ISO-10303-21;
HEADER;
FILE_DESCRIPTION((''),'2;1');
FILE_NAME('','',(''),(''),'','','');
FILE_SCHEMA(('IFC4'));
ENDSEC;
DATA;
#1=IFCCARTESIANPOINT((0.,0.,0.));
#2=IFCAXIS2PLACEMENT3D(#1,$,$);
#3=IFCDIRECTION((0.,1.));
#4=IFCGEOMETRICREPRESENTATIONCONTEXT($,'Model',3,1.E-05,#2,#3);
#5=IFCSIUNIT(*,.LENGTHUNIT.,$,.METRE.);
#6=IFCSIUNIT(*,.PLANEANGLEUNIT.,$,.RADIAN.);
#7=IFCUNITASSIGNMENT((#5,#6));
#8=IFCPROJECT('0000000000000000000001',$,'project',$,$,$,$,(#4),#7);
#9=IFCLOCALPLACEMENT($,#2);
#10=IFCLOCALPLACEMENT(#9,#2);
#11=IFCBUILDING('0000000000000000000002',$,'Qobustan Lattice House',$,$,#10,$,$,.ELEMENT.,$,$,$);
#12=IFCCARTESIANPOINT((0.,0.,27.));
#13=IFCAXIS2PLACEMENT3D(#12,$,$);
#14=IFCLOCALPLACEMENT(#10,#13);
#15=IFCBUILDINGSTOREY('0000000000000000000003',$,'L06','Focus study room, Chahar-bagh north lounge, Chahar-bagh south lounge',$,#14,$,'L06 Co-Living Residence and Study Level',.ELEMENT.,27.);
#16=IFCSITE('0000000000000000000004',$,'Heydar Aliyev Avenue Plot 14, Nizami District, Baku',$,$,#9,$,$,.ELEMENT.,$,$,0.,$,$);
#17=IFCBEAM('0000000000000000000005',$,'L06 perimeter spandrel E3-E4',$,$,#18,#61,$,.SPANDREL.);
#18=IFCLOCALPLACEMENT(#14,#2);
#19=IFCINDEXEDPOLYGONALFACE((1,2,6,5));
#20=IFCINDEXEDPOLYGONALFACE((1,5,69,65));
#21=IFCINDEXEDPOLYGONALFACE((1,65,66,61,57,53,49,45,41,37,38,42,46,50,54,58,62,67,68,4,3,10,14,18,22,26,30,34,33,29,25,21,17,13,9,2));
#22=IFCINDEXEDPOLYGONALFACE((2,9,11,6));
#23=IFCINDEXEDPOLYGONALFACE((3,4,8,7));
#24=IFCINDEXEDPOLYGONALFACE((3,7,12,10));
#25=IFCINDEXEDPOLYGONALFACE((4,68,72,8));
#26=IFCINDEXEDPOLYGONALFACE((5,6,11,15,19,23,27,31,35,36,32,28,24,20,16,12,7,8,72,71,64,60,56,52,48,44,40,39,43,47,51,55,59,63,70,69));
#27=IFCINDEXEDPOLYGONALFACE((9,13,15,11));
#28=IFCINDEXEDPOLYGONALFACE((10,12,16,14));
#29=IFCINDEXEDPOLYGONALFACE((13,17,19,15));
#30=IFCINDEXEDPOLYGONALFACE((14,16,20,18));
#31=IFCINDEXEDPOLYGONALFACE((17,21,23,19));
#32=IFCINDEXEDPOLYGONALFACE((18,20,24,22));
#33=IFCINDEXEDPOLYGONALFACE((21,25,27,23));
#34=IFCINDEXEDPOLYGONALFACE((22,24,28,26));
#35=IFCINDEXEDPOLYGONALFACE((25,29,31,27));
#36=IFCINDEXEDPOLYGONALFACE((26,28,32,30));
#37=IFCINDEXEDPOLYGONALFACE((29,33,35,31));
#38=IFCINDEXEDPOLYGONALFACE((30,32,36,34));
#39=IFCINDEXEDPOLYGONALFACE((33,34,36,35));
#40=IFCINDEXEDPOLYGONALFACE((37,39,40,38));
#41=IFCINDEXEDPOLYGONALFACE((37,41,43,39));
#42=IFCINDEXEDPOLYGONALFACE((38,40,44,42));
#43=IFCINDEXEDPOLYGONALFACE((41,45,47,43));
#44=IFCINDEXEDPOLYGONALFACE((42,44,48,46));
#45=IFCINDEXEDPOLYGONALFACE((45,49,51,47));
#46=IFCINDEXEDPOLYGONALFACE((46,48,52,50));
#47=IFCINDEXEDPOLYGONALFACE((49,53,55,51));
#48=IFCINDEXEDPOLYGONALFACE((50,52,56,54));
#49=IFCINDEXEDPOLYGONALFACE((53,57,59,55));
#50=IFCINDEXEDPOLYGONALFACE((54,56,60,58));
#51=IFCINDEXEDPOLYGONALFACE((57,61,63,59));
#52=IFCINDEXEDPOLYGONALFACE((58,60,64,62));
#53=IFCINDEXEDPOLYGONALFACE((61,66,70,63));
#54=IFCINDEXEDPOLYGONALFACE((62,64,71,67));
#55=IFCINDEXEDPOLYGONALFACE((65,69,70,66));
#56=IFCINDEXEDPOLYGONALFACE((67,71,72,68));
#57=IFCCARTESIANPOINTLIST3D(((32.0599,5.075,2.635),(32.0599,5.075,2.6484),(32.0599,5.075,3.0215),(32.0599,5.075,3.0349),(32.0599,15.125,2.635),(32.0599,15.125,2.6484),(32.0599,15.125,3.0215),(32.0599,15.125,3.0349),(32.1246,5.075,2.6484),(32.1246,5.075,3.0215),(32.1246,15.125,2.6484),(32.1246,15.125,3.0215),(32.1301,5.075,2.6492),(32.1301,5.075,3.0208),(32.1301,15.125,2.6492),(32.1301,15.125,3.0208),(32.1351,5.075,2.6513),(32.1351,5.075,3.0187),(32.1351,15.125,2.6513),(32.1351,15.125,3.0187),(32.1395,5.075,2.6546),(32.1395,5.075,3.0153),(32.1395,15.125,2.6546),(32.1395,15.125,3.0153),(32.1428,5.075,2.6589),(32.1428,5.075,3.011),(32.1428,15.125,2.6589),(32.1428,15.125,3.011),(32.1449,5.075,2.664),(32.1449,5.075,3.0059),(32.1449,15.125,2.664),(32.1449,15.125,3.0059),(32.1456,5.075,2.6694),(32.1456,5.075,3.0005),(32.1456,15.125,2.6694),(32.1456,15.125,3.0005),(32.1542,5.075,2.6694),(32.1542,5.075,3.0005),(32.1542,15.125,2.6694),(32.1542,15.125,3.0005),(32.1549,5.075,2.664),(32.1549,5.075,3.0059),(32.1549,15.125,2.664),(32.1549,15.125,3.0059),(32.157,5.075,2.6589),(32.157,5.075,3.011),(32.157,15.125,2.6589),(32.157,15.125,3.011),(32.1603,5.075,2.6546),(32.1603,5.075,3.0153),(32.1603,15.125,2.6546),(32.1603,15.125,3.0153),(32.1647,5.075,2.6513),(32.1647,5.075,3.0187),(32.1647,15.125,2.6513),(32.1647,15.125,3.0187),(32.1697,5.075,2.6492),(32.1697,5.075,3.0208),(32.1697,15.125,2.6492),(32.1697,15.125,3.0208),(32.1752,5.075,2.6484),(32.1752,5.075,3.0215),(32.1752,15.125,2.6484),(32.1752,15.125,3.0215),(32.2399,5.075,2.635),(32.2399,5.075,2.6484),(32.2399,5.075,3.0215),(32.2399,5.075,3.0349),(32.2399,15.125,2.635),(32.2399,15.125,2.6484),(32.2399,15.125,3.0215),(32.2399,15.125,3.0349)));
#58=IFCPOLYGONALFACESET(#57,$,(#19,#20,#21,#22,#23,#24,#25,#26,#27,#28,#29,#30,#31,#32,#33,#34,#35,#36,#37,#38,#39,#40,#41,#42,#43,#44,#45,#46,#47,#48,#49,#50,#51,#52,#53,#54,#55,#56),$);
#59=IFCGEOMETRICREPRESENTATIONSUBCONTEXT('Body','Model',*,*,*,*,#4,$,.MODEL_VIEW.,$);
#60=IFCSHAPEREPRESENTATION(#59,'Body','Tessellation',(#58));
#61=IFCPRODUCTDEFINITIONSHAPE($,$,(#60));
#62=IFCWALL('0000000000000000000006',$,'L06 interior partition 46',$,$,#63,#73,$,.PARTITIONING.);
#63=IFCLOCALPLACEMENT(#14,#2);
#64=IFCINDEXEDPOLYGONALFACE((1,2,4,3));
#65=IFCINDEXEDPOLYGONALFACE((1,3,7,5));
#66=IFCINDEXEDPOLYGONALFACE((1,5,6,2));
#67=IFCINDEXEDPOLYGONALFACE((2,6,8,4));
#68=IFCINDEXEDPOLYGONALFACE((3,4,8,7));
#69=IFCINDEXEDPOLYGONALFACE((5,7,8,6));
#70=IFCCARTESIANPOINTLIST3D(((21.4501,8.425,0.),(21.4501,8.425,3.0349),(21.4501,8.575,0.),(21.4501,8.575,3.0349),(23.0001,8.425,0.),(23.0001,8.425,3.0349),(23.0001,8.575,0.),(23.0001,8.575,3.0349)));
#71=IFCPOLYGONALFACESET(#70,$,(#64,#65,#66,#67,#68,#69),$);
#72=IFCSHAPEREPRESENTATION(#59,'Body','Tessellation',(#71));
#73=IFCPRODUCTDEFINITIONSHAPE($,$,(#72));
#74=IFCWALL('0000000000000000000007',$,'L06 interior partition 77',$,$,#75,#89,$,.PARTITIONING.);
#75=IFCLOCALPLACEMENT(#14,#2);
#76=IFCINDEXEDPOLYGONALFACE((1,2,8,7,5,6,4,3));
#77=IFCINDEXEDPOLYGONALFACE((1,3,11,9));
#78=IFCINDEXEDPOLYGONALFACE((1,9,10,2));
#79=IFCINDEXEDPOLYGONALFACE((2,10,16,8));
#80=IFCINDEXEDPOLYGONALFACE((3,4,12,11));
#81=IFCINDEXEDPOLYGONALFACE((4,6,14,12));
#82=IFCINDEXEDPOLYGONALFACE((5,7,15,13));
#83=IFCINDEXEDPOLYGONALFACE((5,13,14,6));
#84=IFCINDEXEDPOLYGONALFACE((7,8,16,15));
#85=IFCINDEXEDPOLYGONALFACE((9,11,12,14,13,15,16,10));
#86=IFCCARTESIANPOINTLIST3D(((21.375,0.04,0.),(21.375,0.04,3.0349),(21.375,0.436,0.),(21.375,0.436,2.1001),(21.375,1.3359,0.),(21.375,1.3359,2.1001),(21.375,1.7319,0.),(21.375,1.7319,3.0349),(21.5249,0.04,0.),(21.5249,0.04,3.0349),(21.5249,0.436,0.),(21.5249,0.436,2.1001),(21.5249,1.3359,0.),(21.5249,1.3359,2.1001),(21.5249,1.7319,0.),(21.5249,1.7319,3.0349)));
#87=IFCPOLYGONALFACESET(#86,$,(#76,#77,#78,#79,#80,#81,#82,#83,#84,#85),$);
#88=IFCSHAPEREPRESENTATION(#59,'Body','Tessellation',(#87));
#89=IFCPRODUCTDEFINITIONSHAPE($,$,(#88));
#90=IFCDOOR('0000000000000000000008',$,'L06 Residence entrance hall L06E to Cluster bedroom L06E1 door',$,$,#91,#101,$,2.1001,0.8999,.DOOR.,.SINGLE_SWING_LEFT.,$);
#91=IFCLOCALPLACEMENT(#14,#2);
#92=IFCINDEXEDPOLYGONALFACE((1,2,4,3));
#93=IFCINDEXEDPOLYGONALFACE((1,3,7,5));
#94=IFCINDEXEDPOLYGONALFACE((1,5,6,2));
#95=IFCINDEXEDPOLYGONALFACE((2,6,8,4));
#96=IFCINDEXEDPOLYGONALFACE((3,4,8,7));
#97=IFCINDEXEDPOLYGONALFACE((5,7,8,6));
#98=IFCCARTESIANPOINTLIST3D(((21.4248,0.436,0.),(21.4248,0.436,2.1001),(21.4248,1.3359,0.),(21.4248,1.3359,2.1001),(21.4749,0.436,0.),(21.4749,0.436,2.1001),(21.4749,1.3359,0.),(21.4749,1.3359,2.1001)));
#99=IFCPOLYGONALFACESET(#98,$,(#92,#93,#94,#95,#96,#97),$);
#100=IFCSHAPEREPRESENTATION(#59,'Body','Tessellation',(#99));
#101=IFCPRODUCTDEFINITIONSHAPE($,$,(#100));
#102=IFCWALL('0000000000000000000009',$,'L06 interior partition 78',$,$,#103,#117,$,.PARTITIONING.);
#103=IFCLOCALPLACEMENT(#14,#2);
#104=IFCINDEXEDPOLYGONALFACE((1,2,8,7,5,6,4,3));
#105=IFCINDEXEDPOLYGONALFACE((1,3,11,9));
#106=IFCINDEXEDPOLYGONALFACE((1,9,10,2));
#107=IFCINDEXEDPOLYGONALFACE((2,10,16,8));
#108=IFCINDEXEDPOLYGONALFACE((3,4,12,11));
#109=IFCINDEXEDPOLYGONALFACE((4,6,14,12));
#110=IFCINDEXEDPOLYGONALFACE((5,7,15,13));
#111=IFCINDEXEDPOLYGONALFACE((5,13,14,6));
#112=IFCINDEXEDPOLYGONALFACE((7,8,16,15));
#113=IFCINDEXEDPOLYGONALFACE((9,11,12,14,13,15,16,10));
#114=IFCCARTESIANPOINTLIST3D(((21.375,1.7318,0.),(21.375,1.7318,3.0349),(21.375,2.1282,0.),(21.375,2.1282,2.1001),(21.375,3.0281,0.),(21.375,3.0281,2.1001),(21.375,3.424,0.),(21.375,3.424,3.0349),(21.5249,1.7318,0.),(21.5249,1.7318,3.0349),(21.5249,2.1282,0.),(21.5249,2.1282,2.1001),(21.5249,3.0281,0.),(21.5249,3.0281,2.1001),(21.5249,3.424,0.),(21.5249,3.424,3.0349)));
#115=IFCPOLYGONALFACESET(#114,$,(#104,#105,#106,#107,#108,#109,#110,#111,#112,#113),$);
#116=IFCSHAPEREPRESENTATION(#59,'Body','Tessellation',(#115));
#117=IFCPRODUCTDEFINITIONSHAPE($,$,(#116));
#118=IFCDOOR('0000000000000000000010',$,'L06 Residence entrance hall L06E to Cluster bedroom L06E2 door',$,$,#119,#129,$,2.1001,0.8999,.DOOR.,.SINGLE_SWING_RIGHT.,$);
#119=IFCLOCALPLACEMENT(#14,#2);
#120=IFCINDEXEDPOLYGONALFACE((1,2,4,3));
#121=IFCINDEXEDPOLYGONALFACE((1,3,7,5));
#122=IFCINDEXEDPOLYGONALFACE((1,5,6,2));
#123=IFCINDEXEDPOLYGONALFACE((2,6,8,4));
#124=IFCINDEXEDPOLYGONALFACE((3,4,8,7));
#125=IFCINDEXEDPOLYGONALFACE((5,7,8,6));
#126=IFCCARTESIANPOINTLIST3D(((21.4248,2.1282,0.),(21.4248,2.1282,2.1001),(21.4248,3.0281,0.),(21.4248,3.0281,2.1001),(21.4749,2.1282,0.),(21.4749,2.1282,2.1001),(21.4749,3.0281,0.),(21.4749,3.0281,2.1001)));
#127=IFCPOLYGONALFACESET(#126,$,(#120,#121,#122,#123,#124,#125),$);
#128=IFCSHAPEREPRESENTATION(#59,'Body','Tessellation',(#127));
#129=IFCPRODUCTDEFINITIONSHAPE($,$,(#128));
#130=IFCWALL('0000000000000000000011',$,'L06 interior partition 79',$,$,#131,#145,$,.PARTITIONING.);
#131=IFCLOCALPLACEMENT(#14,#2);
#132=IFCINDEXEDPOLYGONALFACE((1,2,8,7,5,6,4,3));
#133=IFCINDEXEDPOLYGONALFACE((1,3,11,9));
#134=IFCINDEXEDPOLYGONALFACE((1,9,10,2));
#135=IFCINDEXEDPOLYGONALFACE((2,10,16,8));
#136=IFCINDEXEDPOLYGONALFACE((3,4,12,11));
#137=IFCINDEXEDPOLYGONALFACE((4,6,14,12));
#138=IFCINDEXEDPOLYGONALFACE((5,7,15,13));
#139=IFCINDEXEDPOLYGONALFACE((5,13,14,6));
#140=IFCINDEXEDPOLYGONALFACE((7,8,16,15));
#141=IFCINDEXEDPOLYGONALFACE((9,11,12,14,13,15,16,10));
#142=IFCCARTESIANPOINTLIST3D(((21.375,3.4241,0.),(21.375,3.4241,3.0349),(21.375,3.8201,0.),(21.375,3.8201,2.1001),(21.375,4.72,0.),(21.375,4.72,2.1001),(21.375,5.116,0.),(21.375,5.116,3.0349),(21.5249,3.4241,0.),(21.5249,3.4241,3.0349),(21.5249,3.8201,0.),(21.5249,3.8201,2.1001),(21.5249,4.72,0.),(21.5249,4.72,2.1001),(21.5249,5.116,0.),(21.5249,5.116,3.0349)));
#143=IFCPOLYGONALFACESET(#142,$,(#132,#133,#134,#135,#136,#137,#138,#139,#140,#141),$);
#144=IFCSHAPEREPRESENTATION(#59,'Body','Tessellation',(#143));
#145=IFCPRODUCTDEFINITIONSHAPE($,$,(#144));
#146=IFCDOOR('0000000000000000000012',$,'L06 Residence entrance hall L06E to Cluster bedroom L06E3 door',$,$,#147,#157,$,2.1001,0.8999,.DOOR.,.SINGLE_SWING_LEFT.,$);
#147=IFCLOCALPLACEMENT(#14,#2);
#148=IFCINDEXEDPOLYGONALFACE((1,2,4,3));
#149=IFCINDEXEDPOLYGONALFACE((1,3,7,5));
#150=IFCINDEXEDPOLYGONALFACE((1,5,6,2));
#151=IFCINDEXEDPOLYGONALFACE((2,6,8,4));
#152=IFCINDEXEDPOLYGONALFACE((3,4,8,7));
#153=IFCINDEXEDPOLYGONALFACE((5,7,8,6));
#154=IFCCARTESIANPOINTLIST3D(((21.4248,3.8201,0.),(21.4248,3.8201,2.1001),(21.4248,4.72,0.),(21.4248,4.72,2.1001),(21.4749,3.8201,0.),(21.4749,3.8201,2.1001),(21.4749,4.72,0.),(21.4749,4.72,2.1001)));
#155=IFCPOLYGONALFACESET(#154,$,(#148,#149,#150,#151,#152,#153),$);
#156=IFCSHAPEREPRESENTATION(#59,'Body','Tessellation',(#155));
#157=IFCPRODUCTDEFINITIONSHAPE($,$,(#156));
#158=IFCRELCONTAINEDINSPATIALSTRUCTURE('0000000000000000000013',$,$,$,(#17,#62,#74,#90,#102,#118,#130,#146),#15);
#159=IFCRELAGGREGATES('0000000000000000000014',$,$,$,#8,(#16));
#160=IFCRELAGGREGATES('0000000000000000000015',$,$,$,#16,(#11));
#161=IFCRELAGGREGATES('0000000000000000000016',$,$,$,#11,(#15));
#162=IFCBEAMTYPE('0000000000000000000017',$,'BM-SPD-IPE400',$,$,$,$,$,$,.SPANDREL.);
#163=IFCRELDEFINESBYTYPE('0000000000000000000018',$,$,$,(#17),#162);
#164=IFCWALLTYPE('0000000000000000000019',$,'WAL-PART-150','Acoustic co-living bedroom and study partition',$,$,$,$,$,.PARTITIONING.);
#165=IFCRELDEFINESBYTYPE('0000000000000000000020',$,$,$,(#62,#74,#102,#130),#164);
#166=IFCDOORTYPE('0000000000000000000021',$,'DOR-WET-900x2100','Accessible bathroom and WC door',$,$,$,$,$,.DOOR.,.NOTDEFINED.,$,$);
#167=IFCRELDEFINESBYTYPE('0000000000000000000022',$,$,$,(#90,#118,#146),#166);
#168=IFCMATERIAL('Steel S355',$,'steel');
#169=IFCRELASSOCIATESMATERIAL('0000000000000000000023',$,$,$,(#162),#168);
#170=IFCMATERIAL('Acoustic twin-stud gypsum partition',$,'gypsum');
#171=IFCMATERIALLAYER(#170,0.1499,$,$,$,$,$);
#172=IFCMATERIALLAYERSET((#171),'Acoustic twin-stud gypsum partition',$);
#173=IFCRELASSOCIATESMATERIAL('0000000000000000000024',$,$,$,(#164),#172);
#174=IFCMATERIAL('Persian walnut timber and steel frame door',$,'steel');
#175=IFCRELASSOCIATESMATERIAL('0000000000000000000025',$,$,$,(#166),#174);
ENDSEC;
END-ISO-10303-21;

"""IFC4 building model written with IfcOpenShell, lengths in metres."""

from ifc_helpers import new_model, si_unit, direction, frame, frame_2d, origin, origin_2d, place, context, subcontext, project, spatial, rectangle, i_section, extrude, material, layer, layer_set, material_profile, profile_set, type_object, element, fill, save


model = new_model("IFC4")

# Units and contexts
model_context = context("Model", 3, precision=1e-05, world=origin(), true_north=direction((0.0, 1.0)))
body_context = subcontext(model_context, "Body", "Model", "MODEL_VIEW")
ifc_project = project(units=[si_unit("LENGTHUNIT", "METRE"), si_unit("PLANEANGLEUNIT", "RADIAN")], contexts=[model_context])

# Site, building, storey
site_placement = place(None, origin())
site = spatial("IfcSite", under=ifc_project, at=site_placement, Name="Heydar Aliyev Avenue Plot 14, Nizami District, Baku", CompositionType="ELEMENT", RefElevation=0.0)
building_placement = place(site_placement, origin())
building = spatial("IfcBuilding", under=site, at=building_placement, Name="Qobustan Lattice House", CompositionType="ELEMENT")
storey_placement = place(building_placement, frame((0.0, 0.0, 27.0)))
storey = spatial("IfcBuildingStorey", under=building, at=storey_placement, Name="L06", Description="Focus study room, Chahar-bagh north lounge, Chahar-bagh south lounge", LongName="L06 Co-Living Residence and Study Level", CompositionType="ELEMENT", Elevation=27.0)

# Beam
ifc_material_1 = material(Name="Steel S355", Category="steel")
ifc_material_profile_1 = material_profile(ifc_material_1, i_section(OverallWidth=0.1799, OverallDepth=0.3999, WebThickness=0.0085, FlangeThickness=0.0134, FilletRadius=0.021, at=origin_2d()), Name="IPE400")
ifc_profile_set_1 = profile_set([ifc_material_profile_1], Name="Steel S355")
beam_type_1 = type_object("IfcBeamType", Name="BM-SPD-IPE400", PredefinedType="SPANDREL", material=ifc_profile_set_1)
beam_1_placement = place(storey_placement, frame((32.1499, 5.075, 2.835), z_axis=(0.0, 1.0, 0.0), x_axis=(-1.0, 0.0, 0.0)))
element("IfcBeam", 1, at=beam_1_placement, inside=storey, type_object=beam_type_1, Name="L06 perimeter spandrel E3-E4", PredefinedType="SPANDREL", context=body_context, shape_type="SweptSolid", body=[
    extrude(i_section(OverallWidth=0.1799, OverallDepth=0.3999, WebThickness=0.0085, FlangeThickness=0.0134, FilletRadius=0.021, at=origin_2d()), origin(), (0.0, 0.0, 1.0), 10.05),
])

# Wall
ifc_material_2 = material(Name="Acoustic twin-stud gypsum partition", Category="gypsum")
ifc_layer_1 = layer(ifc_material_2, 0.1499)
ifc_layer_set_1 = layer_set([ifc_layer_1], Name="Acoustic twin-stud gypsum partition")
wall_type_1 = type_object("IfcWallType", Name="WAL-PART-150", Description="Acoustic co-living bedroom and study partition", PredefinedType="PARTITIONING", material=ifc_layer_set_1)
wall_1_placement = place(storey_placement, frame((23.0, 8.5, 0.0), z_axis=(0.0, 0.0, 1.0), x_axis=(-1.0, 0.0, 0.0)))
element("IfcWall", 2, at=wall_1_placement, inside=storey, type_object=wall_type_1, Name="L06 interior partition 46", PredefinedType="PARTITIONING", context=body_context, shape_type="SweptSolid", body=[
    extrude(rectangle(XDim=1.55, YDim=0.1499, at=frame_2d((0.7749, 0.0))), origin(), (0.0, 0.0, 1.0), 3.0349),
])

# Walls, openings, doors
wall_2_placement = place(storey_placement, frame((21.45, 1.7319, 0.0), z_axis=(0.0, 0.0, 1.0), x_axis=(0.0, -1.0, 0.0)))
wall_2 = element("IfcWall", 3, at=wall_2_placement, inside=storey, type_object=wall_type_1, Name="L06 interior partition 77", PredefinedType="PARTITIONING", context=body_context, shape_type="SweptSolid", body=[
    extrude(rectangle(XDim=1.6919, YDim=0.1499, at=frame_2d((0.8459, 0.0))), origin(), (0.0, 0.0, 1.0), 3.0349),
])
opening_1_placement = place(wall_2_placement, frame((0.396, 0.0, 0.0)))
opening_1 = element("IfcOpeningElement", 4, at=opening_1_placement, cuts=wall_2, PredefinedType="OPENING", context=body_context, shape_type="SweptSolid", body=[
    extrude(rectangle(XDim=0.8999, YDim=2.1001, at=frame_2d((0.45, 1.05))), frame((0.0, 0.085, 0.0), z_axis=(0.0, -1.0, 0.0), x_axis=(1.0, 0.0, 0.0)), (0.0, 0.0, 1.0), 0.1699),
])
ifc_material_3 = material(Name="Persian walnut timber and steel frame door", Category="steel")
door_type_1 = type_object("IfcDoorType", Name="DOR-WET-900x2100", Description="Accessible bathroom and WC door", OperationType="NOTDEFINED", PredefinedType="DOOR", material=ifc_material_3)
door_1_placement = place(opening_1_placement, origin())
door_1 = element("IfcDoor", 5, at=door_1_placement, inside=storey, type_object=door_type_1, Name="L06 Residence entrance hall L06E to Cluster bedroom L06E1 door", OperationType="SINGLE_SWING_LEFT", OverallHeight=2.1001, OverallWidth=0.8999, PredefinedType="DOOR", context=body_context, shape_type="SweptSolid", body=[
    extrude(rectangle(XDim=0.8999, YDim=2.1001, at=frame_2d((0.45, 1.05))), frame((0.0, 0.0249, 0.0), z_axis=(0.0, -1.0, 0.0), x_axis=(1.0, 0.0, 0.0)), (0.0, 0.0, 1.0), 0.05),
])
fill(opening_1, door_1)
wall_3_placement = place(storey_placement, frame((21.45, 3.4241, 0.0), z_axis=(0.0, 0.0, 1.0), x_axis=(0.0, -1.0, 0.0)))
wall_3 = element("IfcWall", 6, at=wall_3_placement, inside=storey, type_object=wall_type_1, Name="L06 interior partition 78", PredefinedType="PARTITIONING", context=body_context, shape_type="SweptSolid", body=[
    extrude(rectangle(XDim=1.6921, YDim=0.1499, at=frame_2d((0.8462, 0.0))), origin(), (0.0, 0.0, 1.0), 3.0349),
])
opening_2_placement = place(wall_3_placement, frame((0.396, 0.0, 0.0)))
opening_2 = element("IfcOpeningElement", 7, at=opening_2_placement, cuts=wall_3, PredefinedType="OPENING", context=body_context, shape_type="SweptSolid", body=[
    extrude(rectangle(XDim=0.8999, YDim=2.1001, at=frame_2d((0.45, 1.05))), frame((0.0, 0.085, 0.0), z_axis=(0.0, -1.0, 0.0), x_axis=(1.0, 0.0, 0.0)), (0.0, 0.0, 1.0), 0.1699),
])
door_2_placement = place(opening_2_placement, origin())
door_2 = element("IfcDoor", 8, at=door_2_placement, inside=storey, type_object=door_type_1, Name="L06 Residence entrance hall L06E to Cluster bedroom L06E2 door", OperationType="SINGLE_SWING_RIGHT", OverallHeight=2.1001, OverallWidth=0.8999, PredefinedType="DOOR", context=body_context, shape_type="SweptSolid", body=[
    extrude(rectangle(XDim=0.8999, YDim=2.1001, at=frame_2d((0.45, 1.05))), frame((0.0, 0.0249, 0.0), z_axis=(0.0, -1.0, 0.0), x_axis=(1.0, 0.0, 0.0)), (0.0, 0.0, 1.0), 0.05),
])
fill(opening_2, door_2)
wall_4_placement = place(storey_placement, frame((21.45, 5.116, 0.0), z_axis=(0.0, 0.0, 1.0), x_axis=(0.0, -1.0, 0.0)))
wall_4 = element("IfcWall", 9, at=wall_4_placement, inside=storey, type_object=wall_type_1, Name="L06 interior partition 79", PredefinedType="PARTITIONING", context=body_context, shape_type="SweptSolid", body=[
    extrude(rectangle(XDim=1.6919, YDim=0.1499, at=frame_2d((0.8459, 0.0))), origin(), (0.0, 0.0, 1.0), 3.0349),
])
opening_3_placement = place(wall_4_placement, frame((0.396, 0.0, 0.0)))
opening_3 = element("IfcOpeningElement", 10, at=opening_3_placement, cuts=wall_4, PredefinedType="OPENING", context=body_context, shape_type="SweptSolid", body=[
    extrude(rectangle(XDim=0.8999, YDim=2.1001, at=frame_2d((0.45, 1.05))), frame((0.0, 0.085, 0.0), z_axis=(0.0, -1.0, 0.0), x_axis=(1.0, 0.0, 0.0)), (0.0, 0.0, 1.0), 0.1699),
])
door_3_placement = place(opening_3_placement, origin())
door_3 = element("IfcDoor", 11, at=door_3_placement, inside=storey, type_object=door_type_1, Name="L06 Residence entrance hall L06E to Cluster bedroom L06E3 door", OperationType="SINGLE_SWING_LEFT", OverallHeight=2.1001, OverallWidth=0.8999, PredefinedType="DOOR", context=body_context, shape_type="SweptSolid", body=[
    extrude(rectangle(XDim=0.8999, YDim=2.1001, at=frame_2d((0.45, 1.05))), frame((0.0, 0.0249, 0.0), z_axis=(0.0, -1.0, 0.0), x_axis=(1.0, 0.0, 0.0)), (0.0, 0.0, 1.0), 0.05),
])
fill(opening_3, door_3)

save(model, "model.ifc")
